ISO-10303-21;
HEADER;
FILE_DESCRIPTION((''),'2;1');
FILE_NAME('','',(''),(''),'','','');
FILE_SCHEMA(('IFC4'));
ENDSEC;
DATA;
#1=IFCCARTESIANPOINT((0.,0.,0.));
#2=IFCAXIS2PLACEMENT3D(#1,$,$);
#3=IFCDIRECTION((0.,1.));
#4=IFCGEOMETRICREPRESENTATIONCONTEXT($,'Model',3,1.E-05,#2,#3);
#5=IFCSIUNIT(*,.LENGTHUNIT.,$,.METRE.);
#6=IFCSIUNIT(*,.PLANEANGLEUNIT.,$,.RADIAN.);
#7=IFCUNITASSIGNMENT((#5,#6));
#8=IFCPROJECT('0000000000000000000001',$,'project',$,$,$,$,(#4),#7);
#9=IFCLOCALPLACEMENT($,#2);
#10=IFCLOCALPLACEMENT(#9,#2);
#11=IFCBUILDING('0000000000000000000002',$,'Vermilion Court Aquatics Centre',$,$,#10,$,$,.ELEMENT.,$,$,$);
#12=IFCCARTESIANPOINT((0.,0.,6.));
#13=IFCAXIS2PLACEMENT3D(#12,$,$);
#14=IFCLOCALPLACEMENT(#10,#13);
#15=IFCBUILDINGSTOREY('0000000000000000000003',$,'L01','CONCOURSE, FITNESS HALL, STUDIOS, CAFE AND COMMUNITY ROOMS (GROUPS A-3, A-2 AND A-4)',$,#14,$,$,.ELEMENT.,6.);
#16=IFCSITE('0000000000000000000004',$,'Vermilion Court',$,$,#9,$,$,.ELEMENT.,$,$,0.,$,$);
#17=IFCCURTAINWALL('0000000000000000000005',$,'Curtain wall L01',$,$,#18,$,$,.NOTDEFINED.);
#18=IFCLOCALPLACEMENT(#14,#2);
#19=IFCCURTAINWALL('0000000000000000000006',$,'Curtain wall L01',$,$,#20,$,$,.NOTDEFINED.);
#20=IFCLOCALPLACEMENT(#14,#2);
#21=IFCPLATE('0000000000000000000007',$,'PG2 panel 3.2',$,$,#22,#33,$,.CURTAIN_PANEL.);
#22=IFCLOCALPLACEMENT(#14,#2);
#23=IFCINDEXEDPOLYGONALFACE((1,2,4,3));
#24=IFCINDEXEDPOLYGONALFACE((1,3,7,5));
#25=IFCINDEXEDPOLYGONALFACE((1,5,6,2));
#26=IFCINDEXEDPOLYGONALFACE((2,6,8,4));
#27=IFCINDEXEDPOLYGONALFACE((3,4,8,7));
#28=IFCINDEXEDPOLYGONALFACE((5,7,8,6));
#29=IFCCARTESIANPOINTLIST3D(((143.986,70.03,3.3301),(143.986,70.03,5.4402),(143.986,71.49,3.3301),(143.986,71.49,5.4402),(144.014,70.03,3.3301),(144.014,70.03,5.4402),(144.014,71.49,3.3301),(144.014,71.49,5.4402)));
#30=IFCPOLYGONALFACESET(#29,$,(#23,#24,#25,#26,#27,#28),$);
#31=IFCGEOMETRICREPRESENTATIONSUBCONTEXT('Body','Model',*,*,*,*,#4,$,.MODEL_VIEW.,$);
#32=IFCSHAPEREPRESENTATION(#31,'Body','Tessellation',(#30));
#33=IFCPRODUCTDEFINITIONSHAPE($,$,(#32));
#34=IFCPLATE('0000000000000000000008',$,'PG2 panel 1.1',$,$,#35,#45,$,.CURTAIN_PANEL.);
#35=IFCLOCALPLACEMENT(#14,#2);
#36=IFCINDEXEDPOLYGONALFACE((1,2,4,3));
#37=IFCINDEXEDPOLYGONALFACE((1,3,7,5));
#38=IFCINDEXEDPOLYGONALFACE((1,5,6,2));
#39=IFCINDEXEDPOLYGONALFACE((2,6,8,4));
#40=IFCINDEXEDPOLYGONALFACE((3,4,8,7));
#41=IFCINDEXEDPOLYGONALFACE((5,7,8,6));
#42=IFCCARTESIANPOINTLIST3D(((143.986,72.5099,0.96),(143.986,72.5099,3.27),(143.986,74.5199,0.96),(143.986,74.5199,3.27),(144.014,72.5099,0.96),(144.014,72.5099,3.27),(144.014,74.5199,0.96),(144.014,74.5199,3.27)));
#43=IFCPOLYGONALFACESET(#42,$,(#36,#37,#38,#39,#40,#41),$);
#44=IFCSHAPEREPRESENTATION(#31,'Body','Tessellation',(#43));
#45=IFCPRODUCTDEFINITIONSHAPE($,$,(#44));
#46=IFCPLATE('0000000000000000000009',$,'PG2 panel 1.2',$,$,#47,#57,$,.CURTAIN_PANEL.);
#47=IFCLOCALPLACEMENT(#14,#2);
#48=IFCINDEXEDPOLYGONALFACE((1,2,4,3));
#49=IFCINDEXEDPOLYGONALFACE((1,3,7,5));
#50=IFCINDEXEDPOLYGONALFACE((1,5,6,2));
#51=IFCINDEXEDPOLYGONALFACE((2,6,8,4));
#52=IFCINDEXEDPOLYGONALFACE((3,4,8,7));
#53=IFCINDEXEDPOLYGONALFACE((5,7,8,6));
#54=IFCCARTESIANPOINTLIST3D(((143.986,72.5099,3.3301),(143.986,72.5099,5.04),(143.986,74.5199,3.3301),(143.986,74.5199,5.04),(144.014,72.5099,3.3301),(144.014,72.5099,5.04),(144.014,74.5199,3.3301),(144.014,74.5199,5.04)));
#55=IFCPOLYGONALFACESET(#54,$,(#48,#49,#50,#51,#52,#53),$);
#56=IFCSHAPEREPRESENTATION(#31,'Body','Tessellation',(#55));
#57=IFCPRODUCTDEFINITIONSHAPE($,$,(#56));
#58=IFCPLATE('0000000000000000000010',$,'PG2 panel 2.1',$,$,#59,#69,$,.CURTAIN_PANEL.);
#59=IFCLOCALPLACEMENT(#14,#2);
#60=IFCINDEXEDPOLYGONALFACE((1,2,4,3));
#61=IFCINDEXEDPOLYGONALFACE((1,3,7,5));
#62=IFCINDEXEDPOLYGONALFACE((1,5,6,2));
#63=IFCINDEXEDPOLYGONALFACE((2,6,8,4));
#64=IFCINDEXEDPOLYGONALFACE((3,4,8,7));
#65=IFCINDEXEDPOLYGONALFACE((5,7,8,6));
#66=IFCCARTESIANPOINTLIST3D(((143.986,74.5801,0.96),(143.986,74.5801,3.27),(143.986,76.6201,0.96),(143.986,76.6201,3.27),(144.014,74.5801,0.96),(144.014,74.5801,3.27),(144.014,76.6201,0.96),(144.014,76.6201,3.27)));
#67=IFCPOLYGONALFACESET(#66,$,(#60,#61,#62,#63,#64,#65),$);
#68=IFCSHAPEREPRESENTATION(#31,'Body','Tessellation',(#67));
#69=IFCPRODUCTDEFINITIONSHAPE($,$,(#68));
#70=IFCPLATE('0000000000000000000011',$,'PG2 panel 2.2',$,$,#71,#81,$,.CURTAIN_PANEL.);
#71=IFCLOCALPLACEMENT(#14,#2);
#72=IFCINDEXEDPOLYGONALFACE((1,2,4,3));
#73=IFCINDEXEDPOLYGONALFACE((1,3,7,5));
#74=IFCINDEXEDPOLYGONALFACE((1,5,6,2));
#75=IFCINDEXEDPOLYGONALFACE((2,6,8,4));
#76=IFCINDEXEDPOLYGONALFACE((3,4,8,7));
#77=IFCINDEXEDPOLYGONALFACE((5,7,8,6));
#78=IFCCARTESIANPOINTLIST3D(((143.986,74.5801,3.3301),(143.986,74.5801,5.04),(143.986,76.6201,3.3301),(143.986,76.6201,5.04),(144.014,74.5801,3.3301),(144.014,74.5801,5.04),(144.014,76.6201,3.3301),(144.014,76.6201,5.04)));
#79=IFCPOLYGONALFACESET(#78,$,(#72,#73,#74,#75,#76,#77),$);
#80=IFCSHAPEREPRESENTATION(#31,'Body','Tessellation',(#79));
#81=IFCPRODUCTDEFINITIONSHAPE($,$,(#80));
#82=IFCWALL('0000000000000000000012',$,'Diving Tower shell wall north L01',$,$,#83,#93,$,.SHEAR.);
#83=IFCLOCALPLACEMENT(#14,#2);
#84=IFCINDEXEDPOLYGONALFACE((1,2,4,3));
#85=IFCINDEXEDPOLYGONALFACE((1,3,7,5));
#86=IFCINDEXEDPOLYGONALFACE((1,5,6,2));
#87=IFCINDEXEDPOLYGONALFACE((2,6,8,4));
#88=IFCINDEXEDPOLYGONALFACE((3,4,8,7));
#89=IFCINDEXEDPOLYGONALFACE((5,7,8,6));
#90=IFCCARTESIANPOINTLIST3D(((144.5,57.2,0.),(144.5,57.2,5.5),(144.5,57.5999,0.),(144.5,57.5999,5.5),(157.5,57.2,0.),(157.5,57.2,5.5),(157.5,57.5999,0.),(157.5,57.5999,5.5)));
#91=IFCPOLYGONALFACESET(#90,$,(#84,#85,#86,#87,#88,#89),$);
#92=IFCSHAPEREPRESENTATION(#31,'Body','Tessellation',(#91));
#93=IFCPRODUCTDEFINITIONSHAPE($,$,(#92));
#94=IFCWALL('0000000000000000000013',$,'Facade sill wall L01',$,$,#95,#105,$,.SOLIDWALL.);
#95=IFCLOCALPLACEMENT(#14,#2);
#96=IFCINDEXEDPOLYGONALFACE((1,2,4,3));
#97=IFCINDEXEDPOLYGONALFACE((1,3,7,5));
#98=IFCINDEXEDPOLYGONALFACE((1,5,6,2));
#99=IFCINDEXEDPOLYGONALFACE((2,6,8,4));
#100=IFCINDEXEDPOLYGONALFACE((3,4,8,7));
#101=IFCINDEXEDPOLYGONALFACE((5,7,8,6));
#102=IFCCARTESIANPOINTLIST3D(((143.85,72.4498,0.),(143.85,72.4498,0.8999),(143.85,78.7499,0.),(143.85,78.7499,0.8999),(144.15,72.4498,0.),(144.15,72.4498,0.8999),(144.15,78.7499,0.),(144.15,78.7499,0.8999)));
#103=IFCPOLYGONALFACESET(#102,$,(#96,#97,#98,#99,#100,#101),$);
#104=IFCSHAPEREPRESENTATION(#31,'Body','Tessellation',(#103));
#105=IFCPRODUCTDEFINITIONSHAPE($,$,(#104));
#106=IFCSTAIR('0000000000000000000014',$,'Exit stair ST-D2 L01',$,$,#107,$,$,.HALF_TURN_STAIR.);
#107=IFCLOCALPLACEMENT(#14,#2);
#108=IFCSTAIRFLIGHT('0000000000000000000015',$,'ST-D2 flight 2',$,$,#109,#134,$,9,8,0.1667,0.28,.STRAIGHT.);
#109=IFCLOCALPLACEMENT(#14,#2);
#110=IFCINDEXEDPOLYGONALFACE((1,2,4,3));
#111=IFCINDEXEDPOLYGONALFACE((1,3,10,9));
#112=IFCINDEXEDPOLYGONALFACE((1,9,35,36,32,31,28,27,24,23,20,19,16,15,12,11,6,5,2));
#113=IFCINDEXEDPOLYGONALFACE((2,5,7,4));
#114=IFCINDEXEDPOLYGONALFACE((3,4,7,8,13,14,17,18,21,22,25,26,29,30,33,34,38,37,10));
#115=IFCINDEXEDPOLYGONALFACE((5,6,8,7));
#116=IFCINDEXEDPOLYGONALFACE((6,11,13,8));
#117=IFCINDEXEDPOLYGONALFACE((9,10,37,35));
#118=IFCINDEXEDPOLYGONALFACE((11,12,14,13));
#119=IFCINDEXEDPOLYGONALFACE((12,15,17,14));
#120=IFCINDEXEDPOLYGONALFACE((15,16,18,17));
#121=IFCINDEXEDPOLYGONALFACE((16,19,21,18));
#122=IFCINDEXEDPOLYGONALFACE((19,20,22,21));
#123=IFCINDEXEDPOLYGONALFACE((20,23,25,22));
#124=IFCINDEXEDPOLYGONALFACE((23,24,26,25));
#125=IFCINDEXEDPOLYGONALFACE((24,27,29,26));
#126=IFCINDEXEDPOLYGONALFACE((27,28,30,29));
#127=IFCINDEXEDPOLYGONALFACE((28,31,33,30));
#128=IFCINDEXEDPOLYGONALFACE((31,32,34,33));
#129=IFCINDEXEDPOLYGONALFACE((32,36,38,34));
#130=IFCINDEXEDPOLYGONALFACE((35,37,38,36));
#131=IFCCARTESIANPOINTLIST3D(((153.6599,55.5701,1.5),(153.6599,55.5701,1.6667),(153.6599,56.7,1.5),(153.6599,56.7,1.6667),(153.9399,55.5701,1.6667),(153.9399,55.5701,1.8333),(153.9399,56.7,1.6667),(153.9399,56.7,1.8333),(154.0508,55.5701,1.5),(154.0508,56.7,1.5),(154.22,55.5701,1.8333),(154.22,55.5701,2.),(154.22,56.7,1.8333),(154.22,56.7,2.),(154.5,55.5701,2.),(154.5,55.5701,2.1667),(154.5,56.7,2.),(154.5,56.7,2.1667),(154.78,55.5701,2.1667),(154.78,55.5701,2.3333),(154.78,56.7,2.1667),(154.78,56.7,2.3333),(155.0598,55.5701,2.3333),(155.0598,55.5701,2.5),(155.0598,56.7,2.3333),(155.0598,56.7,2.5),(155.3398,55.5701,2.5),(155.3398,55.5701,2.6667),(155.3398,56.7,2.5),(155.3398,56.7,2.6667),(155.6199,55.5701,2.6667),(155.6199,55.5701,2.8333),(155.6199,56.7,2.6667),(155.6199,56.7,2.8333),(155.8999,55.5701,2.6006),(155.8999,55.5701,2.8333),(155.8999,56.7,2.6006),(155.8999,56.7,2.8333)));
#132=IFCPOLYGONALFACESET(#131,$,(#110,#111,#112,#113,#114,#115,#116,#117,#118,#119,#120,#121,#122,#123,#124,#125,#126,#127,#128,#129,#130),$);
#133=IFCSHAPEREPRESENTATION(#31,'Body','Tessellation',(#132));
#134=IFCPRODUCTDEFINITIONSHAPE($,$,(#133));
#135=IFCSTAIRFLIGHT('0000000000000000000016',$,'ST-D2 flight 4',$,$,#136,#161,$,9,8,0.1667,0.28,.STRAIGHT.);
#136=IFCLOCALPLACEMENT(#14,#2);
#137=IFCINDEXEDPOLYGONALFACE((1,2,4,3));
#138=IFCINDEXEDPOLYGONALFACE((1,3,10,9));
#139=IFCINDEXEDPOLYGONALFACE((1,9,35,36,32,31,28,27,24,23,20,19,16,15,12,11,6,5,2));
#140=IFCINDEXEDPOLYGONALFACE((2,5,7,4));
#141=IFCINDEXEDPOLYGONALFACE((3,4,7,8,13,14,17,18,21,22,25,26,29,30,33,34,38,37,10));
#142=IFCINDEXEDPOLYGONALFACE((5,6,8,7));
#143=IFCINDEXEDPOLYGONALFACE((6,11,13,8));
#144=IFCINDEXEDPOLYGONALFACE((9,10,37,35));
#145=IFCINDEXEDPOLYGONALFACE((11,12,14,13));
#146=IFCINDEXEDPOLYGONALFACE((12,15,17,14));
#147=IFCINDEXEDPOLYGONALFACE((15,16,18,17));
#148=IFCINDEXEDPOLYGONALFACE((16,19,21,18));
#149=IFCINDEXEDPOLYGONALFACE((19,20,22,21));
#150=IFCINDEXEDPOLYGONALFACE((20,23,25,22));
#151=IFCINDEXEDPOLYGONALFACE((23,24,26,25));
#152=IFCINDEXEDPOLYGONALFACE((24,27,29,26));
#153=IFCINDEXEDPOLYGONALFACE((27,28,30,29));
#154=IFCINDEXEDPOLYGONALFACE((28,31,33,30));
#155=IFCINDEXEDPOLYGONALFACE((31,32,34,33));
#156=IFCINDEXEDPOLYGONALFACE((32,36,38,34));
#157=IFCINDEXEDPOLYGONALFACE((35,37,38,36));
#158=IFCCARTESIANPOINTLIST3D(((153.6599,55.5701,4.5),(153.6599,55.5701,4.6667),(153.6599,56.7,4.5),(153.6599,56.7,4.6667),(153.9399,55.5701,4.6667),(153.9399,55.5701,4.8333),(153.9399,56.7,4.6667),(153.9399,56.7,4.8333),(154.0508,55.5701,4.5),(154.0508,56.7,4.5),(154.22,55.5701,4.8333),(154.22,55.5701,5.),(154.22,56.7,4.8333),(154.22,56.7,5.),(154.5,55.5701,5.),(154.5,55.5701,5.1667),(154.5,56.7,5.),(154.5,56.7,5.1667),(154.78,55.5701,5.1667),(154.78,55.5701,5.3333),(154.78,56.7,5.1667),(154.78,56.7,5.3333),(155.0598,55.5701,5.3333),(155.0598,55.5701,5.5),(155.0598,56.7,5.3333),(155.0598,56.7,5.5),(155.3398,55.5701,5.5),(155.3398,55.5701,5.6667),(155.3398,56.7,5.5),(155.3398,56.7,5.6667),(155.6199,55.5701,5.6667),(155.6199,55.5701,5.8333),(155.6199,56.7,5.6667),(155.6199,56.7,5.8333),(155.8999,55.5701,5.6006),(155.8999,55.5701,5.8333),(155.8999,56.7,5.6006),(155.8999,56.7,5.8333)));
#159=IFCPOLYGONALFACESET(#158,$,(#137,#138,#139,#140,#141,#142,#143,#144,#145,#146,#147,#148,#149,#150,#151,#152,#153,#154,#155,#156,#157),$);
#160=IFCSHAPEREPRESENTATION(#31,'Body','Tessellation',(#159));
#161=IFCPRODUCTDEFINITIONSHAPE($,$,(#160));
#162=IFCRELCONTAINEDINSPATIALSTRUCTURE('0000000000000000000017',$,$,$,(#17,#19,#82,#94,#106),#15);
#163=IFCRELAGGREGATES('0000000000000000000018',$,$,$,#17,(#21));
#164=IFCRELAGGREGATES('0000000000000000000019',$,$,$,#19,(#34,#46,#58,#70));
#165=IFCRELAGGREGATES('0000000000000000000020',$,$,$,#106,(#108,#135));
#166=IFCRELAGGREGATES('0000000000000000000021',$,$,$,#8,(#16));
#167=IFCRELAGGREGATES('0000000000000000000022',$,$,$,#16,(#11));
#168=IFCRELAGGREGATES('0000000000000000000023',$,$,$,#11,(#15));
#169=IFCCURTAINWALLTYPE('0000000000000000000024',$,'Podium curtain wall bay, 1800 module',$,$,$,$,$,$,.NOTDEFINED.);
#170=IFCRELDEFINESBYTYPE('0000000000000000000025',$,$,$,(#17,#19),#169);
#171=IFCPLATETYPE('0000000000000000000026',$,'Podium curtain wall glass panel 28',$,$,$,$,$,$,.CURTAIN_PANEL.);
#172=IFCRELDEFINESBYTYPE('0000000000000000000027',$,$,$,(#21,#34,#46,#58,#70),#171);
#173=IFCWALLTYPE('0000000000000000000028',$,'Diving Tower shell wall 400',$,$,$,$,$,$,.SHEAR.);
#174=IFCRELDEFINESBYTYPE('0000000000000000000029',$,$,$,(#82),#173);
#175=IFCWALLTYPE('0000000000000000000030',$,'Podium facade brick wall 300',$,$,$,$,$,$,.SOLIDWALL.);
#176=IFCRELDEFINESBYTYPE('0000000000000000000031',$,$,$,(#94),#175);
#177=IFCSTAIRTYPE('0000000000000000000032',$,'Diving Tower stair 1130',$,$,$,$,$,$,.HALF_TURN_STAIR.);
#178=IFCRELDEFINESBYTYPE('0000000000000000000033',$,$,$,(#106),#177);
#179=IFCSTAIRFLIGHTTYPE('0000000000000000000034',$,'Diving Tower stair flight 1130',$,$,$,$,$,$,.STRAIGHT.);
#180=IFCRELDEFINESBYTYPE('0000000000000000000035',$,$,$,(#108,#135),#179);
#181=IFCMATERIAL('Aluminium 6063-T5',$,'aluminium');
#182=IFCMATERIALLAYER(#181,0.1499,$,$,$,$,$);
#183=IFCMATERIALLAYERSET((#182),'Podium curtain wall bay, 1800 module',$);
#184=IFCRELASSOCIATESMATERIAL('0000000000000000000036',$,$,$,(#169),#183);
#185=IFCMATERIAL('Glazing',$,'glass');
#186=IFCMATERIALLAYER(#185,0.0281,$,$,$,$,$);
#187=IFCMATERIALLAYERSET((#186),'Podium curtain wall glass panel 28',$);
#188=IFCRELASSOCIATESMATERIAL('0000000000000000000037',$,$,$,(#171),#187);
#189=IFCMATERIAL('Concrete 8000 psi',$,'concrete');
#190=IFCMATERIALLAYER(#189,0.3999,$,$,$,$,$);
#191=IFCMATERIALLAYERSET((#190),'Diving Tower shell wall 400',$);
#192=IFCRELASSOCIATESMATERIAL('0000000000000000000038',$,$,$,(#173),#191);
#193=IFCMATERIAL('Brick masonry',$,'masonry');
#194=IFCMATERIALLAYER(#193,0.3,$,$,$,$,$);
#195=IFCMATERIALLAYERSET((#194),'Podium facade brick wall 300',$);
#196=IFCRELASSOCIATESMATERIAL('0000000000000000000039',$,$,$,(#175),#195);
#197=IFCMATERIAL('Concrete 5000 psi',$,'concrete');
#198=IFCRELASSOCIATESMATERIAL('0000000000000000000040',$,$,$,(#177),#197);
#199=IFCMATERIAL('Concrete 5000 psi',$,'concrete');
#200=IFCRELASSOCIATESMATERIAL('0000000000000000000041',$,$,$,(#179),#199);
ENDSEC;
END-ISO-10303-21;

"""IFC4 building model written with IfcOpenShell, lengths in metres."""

from ifc_helpers import new_model, si_unit, direction, frame, frame_2d, origin, origin_2d, place, context, subcontext, project, spatial, polyline, rectangle, outline, extrude, material, layer, layer_set, type_object, element, aggregate, save


model = new_model("IFC4")

# Units and contexts
model_context = context("Model", 3, precision=1e-05, world=origin(), true_north=direction((0.0, 1.0)))
body_context = subcontext(model_context, "Body", "Model", "MODEL_VIEW")
ifc_project = project(units=[si_unit("LENGTHUNIT", "METRE"), si_unit("PLANEANGLEUNIT", "RADIAN")], contexts=[model_context])

# Site, building, storey
site_placement = place(None, origin())
site = spatial("IfcSite", under=ifc_project, at=site_placement, Name="Vermilion Court", CompositionType="ELEMENT", RefElevation=0.0)
building_placement = place(site_placement, origin())
building = spatial("IfcBuilding", under=site, at=building_placement, Name="Vermilion Court Aquatics Centre", CompositionType="ELEMENT")
storey_placement = place(building_placement, frame((0.0, 0.0, 6.0)))
storey = spatial("IfcBuildingStorey", under=building, at=storey_placement, Name="L01", Description="CONCOURSE, FITNESS HALL, STUDIOS, CAFE AND COMMUNITY ROOMS (GROUPS A-3, A-2 AND A-4)", CompositionType="ELEMENT", Elevation=6.0)

# Curtain wall
ifc_material_1 = material(Name="Aluminium 6063-T5", Category="aluminium")
ifc_layer_1 = layer(ifc_material_1, 0.1499)
ifc_layer_set_1 = layer_set([ifc_layer_1], Name="Podium curtain wall bay, 1800 module")
curtain_wall_type = type_object("IfcCurtainWallType", Name="Podium curtain wall bay, 1800 module", PredefinedType="NOTDEFINED", material=ifc_layer_set_1)
curtain_wall_1_placement = place(storey_placement, origin())
curtain_wall_1 = element("IfcCurtainWall", 1, at=curtain_wall_1_placement, inside=storey, type_object=curtain_wall_type, Name="Curtain wall L01", PredefinedType="NOTDEFINED")

# Curtain wall
curtain_wall_2_placement = place(storey_placement, origin())
curtain_wall_2 = element("IfcCurtainWall", 2, at=curtain_wall_2_placement, inside=storey, type_object=curtain_wall_type, Name="Curtain wall L01", PredefinedType="NOTDEFINED")

# Plates
ifc_material_2 = material(Name="Glazing", Category="glass")
ifc_layer_2 = layer(ifc_material_2, 0.0281)
ifc_layer_set_2 = layer_set([ifc_layer_2], Name="Podium curtain wall glass panel 28")
plate_type = type_object("IfcPlateType", Name="Podium curtain wall glass panel 28", PredefinedType="CURTAIN_PANEL", material=ifc_layer_set_2)
plate_1_placement = place(storey_placement, frame((144.0, 70.76, 3.3301), z_axis=(0.0, 0.0, 1.0), x_axis=(0.0, 1.0, 0.0)))
plate_1 = element("IfcPlate", 3, at=plate_1_placement, type_object=plate_type, Name="PG2 panel 3.2", PredefinedType="CURTAIN_PANEL", context=body_context, shape_type="SweptSolid", body=[
    extrude(rectangle(XDim=1.46, YDim=0.0281, at=origin_2d()), origin(), (0.0, 0.0, 1.0), 2.1101),
])
aggregate(curtain_wall_1, [plate_1])
plate_2_placement = place(storey_placement, frame((144.0, 73.5149, 0.96), z_axis=(0.0, 0.0, 1.0), x_axis=(0.0, 1.0, 0.0)))
plate_2 = element("IfcPlate", 4, at=plate_2_placement, type_object=plate_type, Name="PG2 panel 1.1", PredefinedType="CURTAIN_PANEL", context=body_context, shape_type="SweptSolid", body=[
    extrude(rectangle(XDim=2.01, YDim=0.0281, at=origin_2d()), origin(), (0.0, 0.0, 1.0), 2.3101),
])
plate_3_placement = place(storey_placement, frame((144.0, 73.5149, 3.3301), z_axis=(0.0, 0.0, 1.0), x_axis=(0.0, 1.0, 0.0)))
plate_3 = element("IfcPlate", 5, at=plate_3_placement, type_object=plate_type, Name="PG2 panel 1.2", PredefinedType="CURTAIN_PANEL", context=body_context, shape_type="SweptSolid", body=[
    extrude(rectangle(XDim=2.01, YDim=0.0281, at=origin_2d()), origin(), (0.0, 0.0, 1.0), 1.71),
])
plate_4_placement = place(storey_placement, frame((144.0, 75.6001, 0.96), z_axis=(0.0, 0.0, 1.0), x_axis=(0.0, 1.0, 0.0)))
plate_4 = element("IfcPlate", 6, at=plate_4_placement, type_object=plate_type, Name="PG2 panel 2.1", PredefinedType="CURTAIN_PANEL", context=body_context, shape_type="SweptSolid", body=[
    extrude(rectangle(XDim=2.04, YDim=0.0281, at=origin_2d()), origin(), (0.0, 0.0, 1.0), 2.3101),
])
plate_5_placement = place(storey_placement, frame((144.0, 75.6001, 3.3301), z_axis=(0.0, 0.0, 1.0), x_axis=(0.0, 1.0, 0.0)))
plate_5 = element("IfcPlate", 7, at=plate_5_placement, type_object=plate_type, Name="PG2 panel 2.2", PredefinedType="CURTAIN_PANEL", context=body_context, shape_type="SweptSolid", body=[
    extrude(rectangle(XDim=2.04, YDim=0.0281, at=origin_2d()), origin(), (0.0, 0.0, 1.0), 1.71),
])
aggregate(curtain_wall_2, [plate_2, plate_3, plate_4, plate_5])

# Walls
ifc_material_3 = material(Name="Concrete 8000 psi", Category="concrete")
ifc_layer_3 = layer(ifc_material_3, 0.3999)
ifc_layer_set_3 = layer_set([ifc_layer_3], Name="Diving Tower shell wall 400")
wall_type_1 = type_object("IfcWallType", Name="Diving Tower shell wall 400", PredefinedType="SHEAR", material=ifc_layer_set_3)
wall_1_placement = place(storey_placement, frame((144.5, 57.3999, 0.0), z_axis=(0.0, 0.0, 1.0), x_axis=(1.0, 0.0, 0.0)))
element("IfcWall", 8, at=wall_1_placement, inside=storey, type_object=wall_type_1, Name="Diving Tower shell wall north L01", PredefinedType="SHEAR", context=body_context, shape_type="SweptSolid", body=[
    extrude(rectangle(XDim=13.0, YDim=0.3999, at=frame_2d((6.5, 0.0))), origin(), (0.0, 0.0, 1.0), 5.5),
])
ifc_material_4 = material(Name="Brick masonry", Category="masonry")
ifc_layer_4 = layer(ifc_material_4, 0.3)
ifc_layer_set_4 = layer_set([ifc_layer_4], Name="Podium facade brick wall 300")
wall_type_2 = type_object("IfcWallType", Name="Podium facade brick wall 300", PredefinedType="SOLIDWALL", material=ifc_layer_set_4)
wall_2_placement = place(storey_placement, frame((144.0, 72.45, 0.0), z_axis=(0.0, 0.0, 1.0), x_axis=(0.0, 1.0, 0.0)))
element("IfcWall", 9, at=wall_2_placement, inside=storey, type_object=wall_type_2, Name="Facade sill wall L01", PredefinedType="SOLIDWALL", context=body_context, shape_type="SweptSolid", body=[
    extrude(rectangle(XDim=6.3, YDim=0.3, at=frame_2d((3.1499, 0.0))), origin(), (0.0, 0.0, 1.0), 0.8999),
])

# Stair, stair flights
ifc_material_5 = material(Name="Concrete 5000 psi", Category="concrete")
stair_type = type_object("IfcStairType", Name="Diving Tower stair 1130", PredefinedType="HALF_TURN_STAIR", material=ifc_material_5)
stair_placement = place(storey_placement, origin())
stair = element("IfcStair", 10, at=stair_placement, inside=storey, type_object=stair_type, Name="Exit stair ST-D2 L01", PredefinedType="HALF_TURN_STAIR")
ifc_material_6 = material(Name="Concrete 5000 psi", Category="concrete")
stair_flight_type = type_object("IfcStairFlightType", Name="Diving Tower stair flight 1130", PredefinedType="STRAIGHT", material=ifc_material_6)
stair_flight_1_placement = place(storey_placement, frame((153.6599, 56.135, 1.5), z_axis=(0.0, 0.0, 1.0), x_axis=(1.0, 0.0, 0.0)))
stair_flight_1 = element("IfcStairFlight", 11, at=stair_flight_1_placement, type_object=stair_flight_type, Name="ST-D2 flight 2", NumberOfRisers=9, NumberOfTreads=8, PredefinedType="STRAIGHT", RiserHeight=0.1667, TreadLength=0.28, context=body_context, shape_type="SweptSolid", body=[
    extrude(outline(polyline([(0.0, 0.0), (0.0, 0.1667), (0.28, 0.1667), (0.28, 0.3333), (0.5601, 0.3333), (0.5601, 0.5), (0.8401, 0.5), (0.8401, 0.6667), (1.1201, 0.6667), (1.1201, 0.8333), (1.3999, 0.8333), (1.3999, 1.0), (1.6799, 1.0), (1.6799, 1.1667), (1.96, 1.1667), (1.96, 1.3333), (2.24, 1.3333), (2.24, 1.5), (2.24, 1.1006), (0.3909, 0.0), (0.0, 0.0)])), frame((0.0, 0.5649, 0.0), z_axis=(0.0, -1.0, 0.0), x_axis=(1.0, 0.0, 0.0)), (0.0, 0.0, 1.0), 1.1299),
])
stair_flight_2_placement = place(storey_placement, frame((153.6599, 56.135, 4.5), z_axis=(0.0, 0.0, 1.0), x_axis=(1.0, 0.0, 0.0)))
stair_flight_2 = element("IfcStairFlight", 12, at=stair_flight_2_placement, type_object=stair_flight_type, Name="ST-D2 flight 4", NumberOfRisers=9, NumberOfTreads=8, PredefinedType="STRAIGHT", RiserHeight=0.1667, TreadLength=0.28, context=body_context, shape_type="SweptSolid", body=[
    extrude(outline(polyline([(0.0, 0.0), (0.0, 0.1667), (0.28, 0.1667), (0.28, 0.3333), (0.5601, 0.3333), (0.5601, 0.5), (0.8401, 0.5), (0.8401, 0.6667), (1.1201, 0.6667), (1.1201, 0.8333), (1.3999, 0.8333), (1.3999, 1.0), (1.6799, 1.0), (1.6799, 1.1667), (1.96, 1.1667), (1.96, 1.3333), (2.24, 1.3333), (2.24, 1.5), (2.24, 1.1006), (0.3909, 0.0), (0.0, 0.0)])), frame((0.0, 0.5649, 0.0), z_axis=(0.0, -1.0, 0.0), x_axis=(1.0, 0.0, 0.0)), (0.0, 0.0, 1.0), 1.1299),
])
aggregate(stair, [stair_flight_1, stair_flight_2])

save(model, "model.ifc")
